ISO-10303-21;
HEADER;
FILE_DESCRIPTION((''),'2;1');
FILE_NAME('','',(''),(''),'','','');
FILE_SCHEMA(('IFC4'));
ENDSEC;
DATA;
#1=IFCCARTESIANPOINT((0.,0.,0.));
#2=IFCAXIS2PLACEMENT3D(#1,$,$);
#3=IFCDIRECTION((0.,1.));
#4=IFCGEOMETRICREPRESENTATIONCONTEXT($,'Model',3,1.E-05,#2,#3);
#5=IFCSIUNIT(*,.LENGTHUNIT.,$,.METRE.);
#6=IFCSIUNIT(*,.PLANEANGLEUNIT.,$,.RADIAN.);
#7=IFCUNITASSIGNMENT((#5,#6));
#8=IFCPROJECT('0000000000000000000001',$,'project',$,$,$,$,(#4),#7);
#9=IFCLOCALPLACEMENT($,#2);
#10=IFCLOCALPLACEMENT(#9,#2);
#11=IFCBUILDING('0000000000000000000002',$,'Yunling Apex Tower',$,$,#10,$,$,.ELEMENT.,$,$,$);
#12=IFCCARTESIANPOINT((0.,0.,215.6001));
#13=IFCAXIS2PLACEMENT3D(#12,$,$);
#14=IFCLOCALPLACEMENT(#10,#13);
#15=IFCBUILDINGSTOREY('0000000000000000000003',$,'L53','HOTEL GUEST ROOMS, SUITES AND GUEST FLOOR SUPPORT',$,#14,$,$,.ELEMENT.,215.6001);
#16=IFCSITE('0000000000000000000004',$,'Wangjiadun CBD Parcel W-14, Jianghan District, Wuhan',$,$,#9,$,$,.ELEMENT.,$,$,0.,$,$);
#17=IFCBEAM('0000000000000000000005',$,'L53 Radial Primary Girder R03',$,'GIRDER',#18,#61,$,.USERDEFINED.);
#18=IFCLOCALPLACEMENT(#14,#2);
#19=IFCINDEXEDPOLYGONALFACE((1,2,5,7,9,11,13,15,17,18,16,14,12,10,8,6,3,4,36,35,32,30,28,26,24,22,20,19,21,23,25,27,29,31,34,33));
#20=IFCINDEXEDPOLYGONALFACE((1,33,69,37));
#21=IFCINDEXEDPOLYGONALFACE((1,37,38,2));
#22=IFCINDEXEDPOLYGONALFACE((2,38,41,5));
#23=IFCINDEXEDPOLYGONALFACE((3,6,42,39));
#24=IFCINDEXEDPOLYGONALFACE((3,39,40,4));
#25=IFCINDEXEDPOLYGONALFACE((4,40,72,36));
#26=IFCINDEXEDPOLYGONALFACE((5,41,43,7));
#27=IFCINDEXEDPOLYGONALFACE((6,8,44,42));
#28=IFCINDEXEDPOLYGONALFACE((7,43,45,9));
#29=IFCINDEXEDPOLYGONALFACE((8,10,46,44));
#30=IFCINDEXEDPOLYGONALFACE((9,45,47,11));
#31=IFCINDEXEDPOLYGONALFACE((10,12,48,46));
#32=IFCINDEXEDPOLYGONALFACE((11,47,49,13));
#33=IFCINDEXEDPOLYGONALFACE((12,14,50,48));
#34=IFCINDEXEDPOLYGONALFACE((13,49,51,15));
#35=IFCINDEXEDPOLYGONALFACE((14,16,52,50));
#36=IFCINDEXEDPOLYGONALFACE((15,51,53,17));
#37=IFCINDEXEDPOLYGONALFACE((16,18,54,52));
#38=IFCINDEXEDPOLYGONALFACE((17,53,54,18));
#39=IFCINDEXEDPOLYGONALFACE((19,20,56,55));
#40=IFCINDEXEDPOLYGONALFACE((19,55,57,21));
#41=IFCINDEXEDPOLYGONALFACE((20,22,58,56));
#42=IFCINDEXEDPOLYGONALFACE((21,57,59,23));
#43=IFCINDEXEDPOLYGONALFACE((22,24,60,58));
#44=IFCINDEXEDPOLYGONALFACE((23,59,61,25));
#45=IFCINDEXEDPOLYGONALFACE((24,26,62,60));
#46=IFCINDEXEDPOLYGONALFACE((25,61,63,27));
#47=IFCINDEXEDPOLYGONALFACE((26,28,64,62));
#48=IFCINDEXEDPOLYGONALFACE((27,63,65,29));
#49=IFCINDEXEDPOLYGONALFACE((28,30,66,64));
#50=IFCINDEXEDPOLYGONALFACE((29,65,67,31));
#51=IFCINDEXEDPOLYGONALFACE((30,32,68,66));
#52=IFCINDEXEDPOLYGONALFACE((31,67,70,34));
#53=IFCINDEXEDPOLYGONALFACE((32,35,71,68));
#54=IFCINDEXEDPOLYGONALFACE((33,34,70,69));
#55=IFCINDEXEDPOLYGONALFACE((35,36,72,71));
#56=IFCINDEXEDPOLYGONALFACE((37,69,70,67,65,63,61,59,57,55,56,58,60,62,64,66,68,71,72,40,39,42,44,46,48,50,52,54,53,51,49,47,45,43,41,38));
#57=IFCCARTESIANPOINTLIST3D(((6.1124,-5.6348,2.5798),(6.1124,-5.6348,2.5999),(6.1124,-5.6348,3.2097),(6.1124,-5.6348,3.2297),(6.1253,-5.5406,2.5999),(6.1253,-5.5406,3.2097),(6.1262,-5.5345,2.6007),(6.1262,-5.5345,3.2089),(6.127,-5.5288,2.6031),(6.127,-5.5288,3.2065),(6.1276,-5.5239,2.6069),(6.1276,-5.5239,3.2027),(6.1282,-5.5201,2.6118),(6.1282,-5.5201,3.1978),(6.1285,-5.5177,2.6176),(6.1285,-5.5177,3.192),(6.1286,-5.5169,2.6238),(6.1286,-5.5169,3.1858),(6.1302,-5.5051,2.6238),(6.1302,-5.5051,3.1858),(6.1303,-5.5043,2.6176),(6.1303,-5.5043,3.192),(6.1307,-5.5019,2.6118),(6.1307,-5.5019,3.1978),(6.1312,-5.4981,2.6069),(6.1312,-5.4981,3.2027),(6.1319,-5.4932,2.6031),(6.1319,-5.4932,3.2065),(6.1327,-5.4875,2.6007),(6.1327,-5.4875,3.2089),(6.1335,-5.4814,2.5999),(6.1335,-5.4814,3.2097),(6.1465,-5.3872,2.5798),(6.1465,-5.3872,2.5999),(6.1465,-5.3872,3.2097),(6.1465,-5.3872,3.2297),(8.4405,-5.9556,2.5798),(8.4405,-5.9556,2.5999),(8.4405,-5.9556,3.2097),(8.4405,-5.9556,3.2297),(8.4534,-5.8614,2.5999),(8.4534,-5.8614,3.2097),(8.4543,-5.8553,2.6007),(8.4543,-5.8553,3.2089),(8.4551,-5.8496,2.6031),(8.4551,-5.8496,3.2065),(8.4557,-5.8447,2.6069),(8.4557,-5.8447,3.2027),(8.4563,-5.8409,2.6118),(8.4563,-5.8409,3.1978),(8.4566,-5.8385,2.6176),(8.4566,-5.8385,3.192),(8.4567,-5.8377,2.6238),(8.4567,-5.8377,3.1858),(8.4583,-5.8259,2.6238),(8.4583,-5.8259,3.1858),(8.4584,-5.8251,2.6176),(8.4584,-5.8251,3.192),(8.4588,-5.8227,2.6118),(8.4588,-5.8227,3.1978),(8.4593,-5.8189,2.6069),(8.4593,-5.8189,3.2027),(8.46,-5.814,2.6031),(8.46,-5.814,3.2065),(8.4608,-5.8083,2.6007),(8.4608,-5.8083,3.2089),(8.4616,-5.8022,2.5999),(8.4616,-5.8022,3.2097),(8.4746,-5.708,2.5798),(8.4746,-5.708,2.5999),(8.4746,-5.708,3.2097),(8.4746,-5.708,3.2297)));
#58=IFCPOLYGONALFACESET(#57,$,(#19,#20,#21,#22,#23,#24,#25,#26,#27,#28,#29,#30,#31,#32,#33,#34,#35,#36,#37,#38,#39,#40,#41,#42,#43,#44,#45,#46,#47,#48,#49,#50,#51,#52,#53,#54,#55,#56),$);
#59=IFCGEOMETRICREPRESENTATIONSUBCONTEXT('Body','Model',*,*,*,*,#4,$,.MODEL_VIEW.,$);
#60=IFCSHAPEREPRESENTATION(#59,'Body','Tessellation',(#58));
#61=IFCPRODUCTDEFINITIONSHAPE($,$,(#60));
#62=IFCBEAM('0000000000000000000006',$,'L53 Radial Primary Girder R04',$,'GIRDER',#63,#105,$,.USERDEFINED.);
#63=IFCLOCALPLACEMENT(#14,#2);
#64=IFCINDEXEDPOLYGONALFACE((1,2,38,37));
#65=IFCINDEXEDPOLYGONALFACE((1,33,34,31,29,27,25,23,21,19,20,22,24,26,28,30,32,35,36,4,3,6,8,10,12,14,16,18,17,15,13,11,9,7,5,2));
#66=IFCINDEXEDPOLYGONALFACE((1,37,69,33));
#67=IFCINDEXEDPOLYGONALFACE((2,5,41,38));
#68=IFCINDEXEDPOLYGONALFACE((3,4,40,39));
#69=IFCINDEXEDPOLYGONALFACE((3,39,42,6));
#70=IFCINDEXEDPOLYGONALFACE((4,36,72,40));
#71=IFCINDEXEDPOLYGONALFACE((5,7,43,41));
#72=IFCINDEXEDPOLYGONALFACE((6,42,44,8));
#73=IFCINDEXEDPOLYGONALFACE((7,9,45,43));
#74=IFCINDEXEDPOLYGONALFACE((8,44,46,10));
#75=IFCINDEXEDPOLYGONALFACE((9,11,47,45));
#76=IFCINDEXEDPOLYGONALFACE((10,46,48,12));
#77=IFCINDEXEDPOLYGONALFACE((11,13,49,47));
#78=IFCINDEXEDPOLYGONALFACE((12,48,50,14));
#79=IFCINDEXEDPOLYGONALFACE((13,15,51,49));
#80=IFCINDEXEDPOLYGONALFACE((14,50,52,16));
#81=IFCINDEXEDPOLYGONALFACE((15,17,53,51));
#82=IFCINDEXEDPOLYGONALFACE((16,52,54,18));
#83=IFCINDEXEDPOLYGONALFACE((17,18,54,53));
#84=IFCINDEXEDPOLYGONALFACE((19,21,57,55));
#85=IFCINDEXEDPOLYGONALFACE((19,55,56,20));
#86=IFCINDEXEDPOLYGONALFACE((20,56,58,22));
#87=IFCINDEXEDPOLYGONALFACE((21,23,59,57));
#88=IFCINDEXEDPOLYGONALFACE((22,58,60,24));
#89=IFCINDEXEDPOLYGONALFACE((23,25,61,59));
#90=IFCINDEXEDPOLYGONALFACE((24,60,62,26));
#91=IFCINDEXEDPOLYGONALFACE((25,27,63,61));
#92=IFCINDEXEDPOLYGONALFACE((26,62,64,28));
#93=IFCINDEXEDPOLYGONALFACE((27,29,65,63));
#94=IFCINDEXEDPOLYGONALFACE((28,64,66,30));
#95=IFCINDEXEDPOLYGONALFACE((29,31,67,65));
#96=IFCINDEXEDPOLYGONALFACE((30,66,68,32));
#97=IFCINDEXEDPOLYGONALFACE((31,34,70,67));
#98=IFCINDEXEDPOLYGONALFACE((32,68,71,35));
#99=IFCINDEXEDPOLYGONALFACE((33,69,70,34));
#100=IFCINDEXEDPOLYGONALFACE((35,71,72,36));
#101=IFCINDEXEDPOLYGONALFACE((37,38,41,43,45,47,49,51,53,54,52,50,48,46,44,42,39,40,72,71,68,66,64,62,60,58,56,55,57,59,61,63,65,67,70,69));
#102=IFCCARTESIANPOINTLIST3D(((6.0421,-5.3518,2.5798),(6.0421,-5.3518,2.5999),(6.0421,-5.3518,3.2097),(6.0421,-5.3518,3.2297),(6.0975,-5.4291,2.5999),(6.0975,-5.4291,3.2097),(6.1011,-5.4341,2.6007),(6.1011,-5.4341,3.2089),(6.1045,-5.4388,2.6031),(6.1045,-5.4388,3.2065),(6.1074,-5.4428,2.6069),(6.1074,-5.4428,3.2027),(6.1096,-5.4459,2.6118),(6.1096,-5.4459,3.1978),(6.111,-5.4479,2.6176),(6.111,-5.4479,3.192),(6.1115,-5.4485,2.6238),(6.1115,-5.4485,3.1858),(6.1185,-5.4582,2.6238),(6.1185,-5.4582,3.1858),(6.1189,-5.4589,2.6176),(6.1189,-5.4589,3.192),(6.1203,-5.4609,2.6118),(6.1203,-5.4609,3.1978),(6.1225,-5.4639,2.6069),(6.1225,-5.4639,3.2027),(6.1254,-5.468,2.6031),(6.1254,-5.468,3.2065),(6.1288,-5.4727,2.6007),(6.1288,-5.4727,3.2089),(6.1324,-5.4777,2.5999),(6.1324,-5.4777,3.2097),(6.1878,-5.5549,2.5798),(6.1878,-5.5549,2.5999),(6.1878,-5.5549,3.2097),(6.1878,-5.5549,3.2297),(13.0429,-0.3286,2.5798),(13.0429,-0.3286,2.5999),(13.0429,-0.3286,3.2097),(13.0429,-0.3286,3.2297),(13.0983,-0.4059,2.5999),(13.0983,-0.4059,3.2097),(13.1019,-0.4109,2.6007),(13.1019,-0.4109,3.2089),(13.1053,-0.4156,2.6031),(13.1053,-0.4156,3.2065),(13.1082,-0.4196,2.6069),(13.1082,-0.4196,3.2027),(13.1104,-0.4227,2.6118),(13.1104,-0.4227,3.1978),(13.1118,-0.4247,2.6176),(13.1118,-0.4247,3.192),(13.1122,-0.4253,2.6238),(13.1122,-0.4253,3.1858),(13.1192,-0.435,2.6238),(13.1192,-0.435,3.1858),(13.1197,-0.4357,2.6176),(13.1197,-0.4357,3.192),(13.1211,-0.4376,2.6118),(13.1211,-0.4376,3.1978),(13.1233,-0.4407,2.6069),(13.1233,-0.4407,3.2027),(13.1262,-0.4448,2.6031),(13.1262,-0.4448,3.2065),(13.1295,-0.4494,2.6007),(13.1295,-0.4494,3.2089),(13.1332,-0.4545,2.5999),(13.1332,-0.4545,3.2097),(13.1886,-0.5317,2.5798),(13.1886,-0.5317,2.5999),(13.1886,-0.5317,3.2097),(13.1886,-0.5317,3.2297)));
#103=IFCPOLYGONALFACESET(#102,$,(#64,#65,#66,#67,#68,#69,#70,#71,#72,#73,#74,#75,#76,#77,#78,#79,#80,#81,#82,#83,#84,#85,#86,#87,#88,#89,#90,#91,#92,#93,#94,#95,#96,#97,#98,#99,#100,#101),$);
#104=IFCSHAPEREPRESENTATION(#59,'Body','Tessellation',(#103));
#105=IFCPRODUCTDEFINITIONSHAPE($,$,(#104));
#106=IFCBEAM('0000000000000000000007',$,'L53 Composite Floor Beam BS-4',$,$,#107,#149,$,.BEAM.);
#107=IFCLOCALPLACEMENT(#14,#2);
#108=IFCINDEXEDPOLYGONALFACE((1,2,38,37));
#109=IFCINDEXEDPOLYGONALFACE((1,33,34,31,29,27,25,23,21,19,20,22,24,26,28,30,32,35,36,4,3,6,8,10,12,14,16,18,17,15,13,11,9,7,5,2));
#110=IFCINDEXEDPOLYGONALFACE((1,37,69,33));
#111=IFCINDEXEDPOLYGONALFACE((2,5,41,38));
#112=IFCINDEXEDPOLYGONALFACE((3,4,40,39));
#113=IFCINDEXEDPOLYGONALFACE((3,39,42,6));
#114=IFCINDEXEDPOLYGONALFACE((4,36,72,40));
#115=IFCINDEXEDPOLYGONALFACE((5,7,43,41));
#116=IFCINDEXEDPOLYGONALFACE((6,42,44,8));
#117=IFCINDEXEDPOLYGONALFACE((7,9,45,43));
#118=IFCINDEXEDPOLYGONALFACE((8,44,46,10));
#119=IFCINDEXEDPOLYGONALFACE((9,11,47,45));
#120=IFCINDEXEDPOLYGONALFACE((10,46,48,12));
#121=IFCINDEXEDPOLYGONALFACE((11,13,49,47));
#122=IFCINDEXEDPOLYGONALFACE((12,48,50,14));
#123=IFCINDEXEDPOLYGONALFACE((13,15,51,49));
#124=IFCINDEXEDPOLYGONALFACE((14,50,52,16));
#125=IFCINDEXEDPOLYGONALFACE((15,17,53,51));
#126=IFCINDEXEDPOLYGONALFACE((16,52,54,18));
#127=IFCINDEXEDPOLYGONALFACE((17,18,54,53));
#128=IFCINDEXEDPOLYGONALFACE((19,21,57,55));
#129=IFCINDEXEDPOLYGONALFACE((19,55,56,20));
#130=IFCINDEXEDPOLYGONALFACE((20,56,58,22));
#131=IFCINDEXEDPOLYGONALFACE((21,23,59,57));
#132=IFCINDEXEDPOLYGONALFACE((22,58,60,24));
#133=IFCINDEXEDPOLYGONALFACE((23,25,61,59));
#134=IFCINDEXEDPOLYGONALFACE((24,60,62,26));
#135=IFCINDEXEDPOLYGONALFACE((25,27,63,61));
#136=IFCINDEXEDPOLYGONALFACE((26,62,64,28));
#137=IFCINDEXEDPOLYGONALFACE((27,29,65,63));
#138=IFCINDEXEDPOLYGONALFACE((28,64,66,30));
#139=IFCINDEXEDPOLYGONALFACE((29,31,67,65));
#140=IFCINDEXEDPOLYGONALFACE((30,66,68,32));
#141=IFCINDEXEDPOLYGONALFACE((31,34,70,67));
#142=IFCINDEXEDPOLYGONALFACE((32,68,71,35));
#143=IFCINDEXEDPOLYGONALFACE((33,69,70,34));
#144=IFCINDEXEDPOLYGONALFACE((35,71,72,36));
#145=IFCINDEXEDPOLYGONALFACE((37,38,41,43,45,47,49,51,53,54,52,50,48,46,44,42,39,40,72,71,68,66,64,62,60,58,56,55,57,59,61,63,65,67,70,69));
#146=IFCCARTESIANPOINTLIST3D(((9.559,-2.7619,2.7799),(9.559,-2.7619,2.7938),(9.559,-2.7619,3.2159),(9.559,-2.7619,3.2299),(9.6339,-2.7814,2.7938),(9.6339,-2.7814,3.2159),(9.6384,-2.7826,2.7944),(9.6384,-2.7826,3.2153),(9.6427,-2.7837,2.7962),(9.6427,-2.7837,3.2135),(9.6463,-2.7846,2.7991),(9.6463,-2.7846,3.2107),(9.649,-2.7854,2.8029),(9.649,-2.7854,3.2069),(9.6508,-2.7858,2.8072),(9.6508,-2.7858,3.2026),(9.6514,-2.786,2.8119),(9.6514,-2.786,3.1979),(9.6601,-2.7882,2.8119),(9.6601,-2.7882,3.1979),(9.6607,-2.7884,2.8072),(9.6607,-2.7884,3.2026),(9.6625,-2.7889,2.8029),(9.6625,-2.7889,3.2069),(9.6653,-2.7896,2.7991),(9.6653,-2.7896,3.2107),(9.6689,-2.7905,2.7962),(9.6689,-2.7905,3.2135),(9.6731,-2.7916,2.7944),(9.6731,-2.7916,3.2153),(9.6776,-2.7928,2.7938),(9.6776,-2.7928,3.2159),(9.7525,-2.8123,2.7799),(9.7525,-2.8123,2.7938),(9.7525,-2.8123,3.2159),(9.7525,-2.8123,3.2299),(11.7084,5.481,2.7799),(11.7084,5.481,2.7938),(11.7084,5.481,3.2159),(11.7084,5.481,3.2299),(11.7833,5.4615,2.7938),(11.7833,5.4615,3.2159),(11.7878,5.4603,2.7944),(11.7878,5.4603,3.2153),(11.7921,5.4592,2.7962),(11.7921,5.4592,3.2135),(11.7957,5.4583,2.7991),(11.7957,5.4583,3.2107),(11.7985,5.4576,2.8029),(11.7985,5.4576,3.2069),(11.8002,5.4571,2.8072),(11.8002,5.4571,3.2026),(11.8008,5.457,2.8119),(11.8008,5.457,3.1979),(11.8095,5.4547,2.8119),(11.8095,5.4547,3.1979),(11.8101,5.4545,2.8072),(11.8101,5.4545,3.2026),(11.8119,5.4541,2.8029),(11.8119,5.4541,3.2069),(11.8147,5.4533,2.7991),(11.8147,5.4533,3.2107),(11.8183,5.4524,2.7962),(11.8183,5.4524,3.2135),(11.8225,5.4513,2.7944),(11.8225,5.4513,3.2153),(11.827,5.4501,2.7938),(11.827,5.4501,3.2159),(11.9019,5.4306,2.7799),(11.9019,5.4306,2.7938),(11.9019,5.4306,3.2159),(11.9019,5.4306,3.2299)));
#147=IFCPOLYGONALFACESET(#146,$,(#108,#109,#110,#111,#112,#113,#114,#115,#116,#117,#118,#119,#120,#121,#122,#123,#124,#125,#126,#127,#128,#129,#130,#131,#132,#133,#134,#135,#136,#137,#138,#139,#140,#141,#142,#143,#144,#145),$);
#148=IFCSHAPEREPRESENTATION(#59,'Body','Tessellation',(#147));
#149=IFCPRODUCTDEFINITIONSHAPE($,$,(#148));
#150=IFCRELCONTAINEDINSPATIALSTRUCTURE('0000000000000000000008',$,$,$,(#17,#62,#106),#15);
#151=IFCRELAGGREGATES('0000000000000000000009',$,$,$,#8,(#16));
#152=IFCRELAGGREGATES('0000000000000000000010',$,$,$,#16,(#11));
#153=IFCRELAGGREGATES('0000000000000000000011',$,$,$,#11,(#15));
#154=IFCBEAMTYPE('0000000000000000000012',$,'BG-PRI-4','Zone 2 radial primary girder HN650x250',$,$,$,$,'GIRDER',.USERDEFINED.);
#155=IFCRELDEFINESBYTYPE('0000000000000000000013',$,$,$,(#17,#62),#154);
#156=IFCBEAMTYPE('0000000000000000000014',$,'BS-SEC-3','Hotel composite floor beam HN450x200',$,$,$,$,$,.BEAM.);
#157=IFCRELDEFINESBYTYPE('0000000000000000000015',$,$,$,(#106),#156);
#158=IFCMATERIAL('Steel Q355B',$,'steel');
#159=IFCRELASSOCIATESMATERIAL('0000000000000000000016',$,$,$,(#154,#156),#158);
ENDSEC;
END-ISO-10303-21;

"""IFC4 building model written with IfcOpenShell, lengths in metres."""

from ifc_helpers import new_model, si_unit, direction, frame, origin, origin_2d, place, context, subcontext, project, spatial, i_section, extrude, source, transform, mapped, material, material_profile, profile_set, type_object, element, save


model = new_model("IFC4")

# Units and contexts
model_context = context("Model", 3, precision=1e-05, world=origin(), true_north=direction((0.0, 1.0)))
body_context = subcontext(model_context, "Body", "Model", "MODEL_VIEW")
ifc_project = project(units=[si_unit("LENGTHUNIT", "METRE"), si_unit("PLANEANGLEUNIT", "RADIAN")], contexts=[model_context])

# Site, building, storey
site_placement = place(None, origin())
site = spatial("IfcSite", under=ifc_project, at=site_placement, Name="Wangjiadun CBD Parcel W-14, Jianghan District, Wuhan", CompositionType="ELEMENT", RefElevation=0.0)
building_placement = place(site_placement, origin())
building = spatial("IfcBuilding", under=site, at=building_placement, Name="Yunling Apex Tower", CompositionType="ELEMENT")
storey_placement = place(building_placement, frame((0.0, 0.0, 215.6001)))
storey = spatial("IfcBuildingStorey", under=building, at=storey_placement, Name="L53", Description="HOTEL GUEST ROOMS, SUITES AND GUEST FLOOR SUPPORT", CompositionType="ELEMENT", Elevation=215.6001)

# Beams
ifc_material_1 = material(Name="Steel Q355B", Category="steel")
ifc_material_profile_1 = material_profile(ifc_material_1, i_section(OverallWidth=0.25, OverallDepth=0.6499, WebThickness=0.012, FlangeThickness=0.02, FilletRadius=0.0239, at=origin_2d()))
ifc_profile_set_1 = profile_set([ifc_material_profile_1], Name="Steel Q355B")
beam_type_1 = type_object("IfcBeamType", Name="BG-PRI-4", Description="Zone 2 radial primary girder HN650x250", ElementType="GIRDER", PredefinedType="USERDEFINED", material=ifc_profile_set_1)
shared_shape_1 = source(origin(), body_context, "Body", "SweptSolid", [
    extrude(i_section(OverallWidth=0.25, OverallDepth=0.6499, WebThickness=0.012, FlangeThickness=0.02, FilletRadius=0.0239, at=origin_2d()), origin(), (0.0, 0.0, 1.0), 2.3501),
])
beam_1_placement = place(storey_placement, frame((8.4575, -5.8318, 2.9048), z_axis=(-0.99064, 0.136504, 0.0), x_axis=(-0.136504, -0.99064, 0.0)))
element("IfcBeam", 1, at=beam_1_placement, inside=storey, type_object=beam_type_1, Name="L53 Radial Primary Girder R03", ObjectType="GIRDER", PredefinedType="USERDEFINED", context=body_context, shape_type="MappedRepresentation", body=[
    mapped(shared_shape_1, transform((0.0, 0.0, 0.0), scale=1.0)),
])
shared_shape_2 = source(origin(), body_context, "Body", "SweptSolid", [
    extrude(i_section(OverallWidth=0.25, OverallDepth=0.6499, WebThickness=0.012, FlangeThickness=0.02, FilletRadius=0.0239, at=origin_2d()), origin(), (0.0, 0.0, 1.0), 8.6165),
])
beam_2_placement = place(storey_placement, frame((13.1157, -0.4302, 2.9048), z_axis=(-0.812487, -0.582979, 0.0), x_axis=(0.582979, -0.812487, 0.0)))
element("IfcBeam", 2, at=beam_2_placement, inside=storey, type_object=beam_type_1, Name="L53 Radial Primary Girder R04", ObjectType="GIRDER", PredefinedType="USERDEFINED", context=body_context, shape_type="MappedRepresentation", body=[
    mapped(shared_shape_2, transform((0.0, 0.0, 0.0), scale=1.0)),
])
ifc_material_profile_2 = material_profile(ifc_material_1, i_section(OverallWidth=0.2, OverallDepth=0.45, WebThickness=0.009, FlangeThickness=0.0139, FilletRadius=0.0181, at=origin_2d()))
ifc_profile_set_2 = profile_set([ifc_material_profile_2], Name="Steel Q355B")
beam_type_2 = type_object("IfcBeamType", Name="BS-SEC-3", Description="Hotel composite floor beam HN450x200", PredefinedType="BEAM", material=ifc_profile_set_2)
shared_shape_3 = source(origin(), body_context, "Body", "SweptSolid", [
    extrude(i_section(OverallWidth=0.2, OverallDepth=0.45, WebThickness=0.009, FlangeThickness=0.0139, FilletRadius=0.0181, at=origin_2d()), origin(), (0.0, 0.0, 1.0), 8.5186),
])
beam_3_placement = place(storey_placement, frame((9.6558, -2.7871, 3.0049), z_axis=(0.252322, 0.967643, 0.0), x_axis=(-0.967643, 0.252322, 0.0)))
element("IfcBeam", 3, at=beam_3_placement, inside=storey, type_object=beam_type_2, Name="L53 Composite Floor Beam BS-4", PredefinedType="BEAM", context=body_context, shape_type="MappedRepresentation", body=[
    mapped(shared_shape_3, transform((0.0, 0.0, 0.0), scale=1.0)),
])

save(model, "model.ifc")
